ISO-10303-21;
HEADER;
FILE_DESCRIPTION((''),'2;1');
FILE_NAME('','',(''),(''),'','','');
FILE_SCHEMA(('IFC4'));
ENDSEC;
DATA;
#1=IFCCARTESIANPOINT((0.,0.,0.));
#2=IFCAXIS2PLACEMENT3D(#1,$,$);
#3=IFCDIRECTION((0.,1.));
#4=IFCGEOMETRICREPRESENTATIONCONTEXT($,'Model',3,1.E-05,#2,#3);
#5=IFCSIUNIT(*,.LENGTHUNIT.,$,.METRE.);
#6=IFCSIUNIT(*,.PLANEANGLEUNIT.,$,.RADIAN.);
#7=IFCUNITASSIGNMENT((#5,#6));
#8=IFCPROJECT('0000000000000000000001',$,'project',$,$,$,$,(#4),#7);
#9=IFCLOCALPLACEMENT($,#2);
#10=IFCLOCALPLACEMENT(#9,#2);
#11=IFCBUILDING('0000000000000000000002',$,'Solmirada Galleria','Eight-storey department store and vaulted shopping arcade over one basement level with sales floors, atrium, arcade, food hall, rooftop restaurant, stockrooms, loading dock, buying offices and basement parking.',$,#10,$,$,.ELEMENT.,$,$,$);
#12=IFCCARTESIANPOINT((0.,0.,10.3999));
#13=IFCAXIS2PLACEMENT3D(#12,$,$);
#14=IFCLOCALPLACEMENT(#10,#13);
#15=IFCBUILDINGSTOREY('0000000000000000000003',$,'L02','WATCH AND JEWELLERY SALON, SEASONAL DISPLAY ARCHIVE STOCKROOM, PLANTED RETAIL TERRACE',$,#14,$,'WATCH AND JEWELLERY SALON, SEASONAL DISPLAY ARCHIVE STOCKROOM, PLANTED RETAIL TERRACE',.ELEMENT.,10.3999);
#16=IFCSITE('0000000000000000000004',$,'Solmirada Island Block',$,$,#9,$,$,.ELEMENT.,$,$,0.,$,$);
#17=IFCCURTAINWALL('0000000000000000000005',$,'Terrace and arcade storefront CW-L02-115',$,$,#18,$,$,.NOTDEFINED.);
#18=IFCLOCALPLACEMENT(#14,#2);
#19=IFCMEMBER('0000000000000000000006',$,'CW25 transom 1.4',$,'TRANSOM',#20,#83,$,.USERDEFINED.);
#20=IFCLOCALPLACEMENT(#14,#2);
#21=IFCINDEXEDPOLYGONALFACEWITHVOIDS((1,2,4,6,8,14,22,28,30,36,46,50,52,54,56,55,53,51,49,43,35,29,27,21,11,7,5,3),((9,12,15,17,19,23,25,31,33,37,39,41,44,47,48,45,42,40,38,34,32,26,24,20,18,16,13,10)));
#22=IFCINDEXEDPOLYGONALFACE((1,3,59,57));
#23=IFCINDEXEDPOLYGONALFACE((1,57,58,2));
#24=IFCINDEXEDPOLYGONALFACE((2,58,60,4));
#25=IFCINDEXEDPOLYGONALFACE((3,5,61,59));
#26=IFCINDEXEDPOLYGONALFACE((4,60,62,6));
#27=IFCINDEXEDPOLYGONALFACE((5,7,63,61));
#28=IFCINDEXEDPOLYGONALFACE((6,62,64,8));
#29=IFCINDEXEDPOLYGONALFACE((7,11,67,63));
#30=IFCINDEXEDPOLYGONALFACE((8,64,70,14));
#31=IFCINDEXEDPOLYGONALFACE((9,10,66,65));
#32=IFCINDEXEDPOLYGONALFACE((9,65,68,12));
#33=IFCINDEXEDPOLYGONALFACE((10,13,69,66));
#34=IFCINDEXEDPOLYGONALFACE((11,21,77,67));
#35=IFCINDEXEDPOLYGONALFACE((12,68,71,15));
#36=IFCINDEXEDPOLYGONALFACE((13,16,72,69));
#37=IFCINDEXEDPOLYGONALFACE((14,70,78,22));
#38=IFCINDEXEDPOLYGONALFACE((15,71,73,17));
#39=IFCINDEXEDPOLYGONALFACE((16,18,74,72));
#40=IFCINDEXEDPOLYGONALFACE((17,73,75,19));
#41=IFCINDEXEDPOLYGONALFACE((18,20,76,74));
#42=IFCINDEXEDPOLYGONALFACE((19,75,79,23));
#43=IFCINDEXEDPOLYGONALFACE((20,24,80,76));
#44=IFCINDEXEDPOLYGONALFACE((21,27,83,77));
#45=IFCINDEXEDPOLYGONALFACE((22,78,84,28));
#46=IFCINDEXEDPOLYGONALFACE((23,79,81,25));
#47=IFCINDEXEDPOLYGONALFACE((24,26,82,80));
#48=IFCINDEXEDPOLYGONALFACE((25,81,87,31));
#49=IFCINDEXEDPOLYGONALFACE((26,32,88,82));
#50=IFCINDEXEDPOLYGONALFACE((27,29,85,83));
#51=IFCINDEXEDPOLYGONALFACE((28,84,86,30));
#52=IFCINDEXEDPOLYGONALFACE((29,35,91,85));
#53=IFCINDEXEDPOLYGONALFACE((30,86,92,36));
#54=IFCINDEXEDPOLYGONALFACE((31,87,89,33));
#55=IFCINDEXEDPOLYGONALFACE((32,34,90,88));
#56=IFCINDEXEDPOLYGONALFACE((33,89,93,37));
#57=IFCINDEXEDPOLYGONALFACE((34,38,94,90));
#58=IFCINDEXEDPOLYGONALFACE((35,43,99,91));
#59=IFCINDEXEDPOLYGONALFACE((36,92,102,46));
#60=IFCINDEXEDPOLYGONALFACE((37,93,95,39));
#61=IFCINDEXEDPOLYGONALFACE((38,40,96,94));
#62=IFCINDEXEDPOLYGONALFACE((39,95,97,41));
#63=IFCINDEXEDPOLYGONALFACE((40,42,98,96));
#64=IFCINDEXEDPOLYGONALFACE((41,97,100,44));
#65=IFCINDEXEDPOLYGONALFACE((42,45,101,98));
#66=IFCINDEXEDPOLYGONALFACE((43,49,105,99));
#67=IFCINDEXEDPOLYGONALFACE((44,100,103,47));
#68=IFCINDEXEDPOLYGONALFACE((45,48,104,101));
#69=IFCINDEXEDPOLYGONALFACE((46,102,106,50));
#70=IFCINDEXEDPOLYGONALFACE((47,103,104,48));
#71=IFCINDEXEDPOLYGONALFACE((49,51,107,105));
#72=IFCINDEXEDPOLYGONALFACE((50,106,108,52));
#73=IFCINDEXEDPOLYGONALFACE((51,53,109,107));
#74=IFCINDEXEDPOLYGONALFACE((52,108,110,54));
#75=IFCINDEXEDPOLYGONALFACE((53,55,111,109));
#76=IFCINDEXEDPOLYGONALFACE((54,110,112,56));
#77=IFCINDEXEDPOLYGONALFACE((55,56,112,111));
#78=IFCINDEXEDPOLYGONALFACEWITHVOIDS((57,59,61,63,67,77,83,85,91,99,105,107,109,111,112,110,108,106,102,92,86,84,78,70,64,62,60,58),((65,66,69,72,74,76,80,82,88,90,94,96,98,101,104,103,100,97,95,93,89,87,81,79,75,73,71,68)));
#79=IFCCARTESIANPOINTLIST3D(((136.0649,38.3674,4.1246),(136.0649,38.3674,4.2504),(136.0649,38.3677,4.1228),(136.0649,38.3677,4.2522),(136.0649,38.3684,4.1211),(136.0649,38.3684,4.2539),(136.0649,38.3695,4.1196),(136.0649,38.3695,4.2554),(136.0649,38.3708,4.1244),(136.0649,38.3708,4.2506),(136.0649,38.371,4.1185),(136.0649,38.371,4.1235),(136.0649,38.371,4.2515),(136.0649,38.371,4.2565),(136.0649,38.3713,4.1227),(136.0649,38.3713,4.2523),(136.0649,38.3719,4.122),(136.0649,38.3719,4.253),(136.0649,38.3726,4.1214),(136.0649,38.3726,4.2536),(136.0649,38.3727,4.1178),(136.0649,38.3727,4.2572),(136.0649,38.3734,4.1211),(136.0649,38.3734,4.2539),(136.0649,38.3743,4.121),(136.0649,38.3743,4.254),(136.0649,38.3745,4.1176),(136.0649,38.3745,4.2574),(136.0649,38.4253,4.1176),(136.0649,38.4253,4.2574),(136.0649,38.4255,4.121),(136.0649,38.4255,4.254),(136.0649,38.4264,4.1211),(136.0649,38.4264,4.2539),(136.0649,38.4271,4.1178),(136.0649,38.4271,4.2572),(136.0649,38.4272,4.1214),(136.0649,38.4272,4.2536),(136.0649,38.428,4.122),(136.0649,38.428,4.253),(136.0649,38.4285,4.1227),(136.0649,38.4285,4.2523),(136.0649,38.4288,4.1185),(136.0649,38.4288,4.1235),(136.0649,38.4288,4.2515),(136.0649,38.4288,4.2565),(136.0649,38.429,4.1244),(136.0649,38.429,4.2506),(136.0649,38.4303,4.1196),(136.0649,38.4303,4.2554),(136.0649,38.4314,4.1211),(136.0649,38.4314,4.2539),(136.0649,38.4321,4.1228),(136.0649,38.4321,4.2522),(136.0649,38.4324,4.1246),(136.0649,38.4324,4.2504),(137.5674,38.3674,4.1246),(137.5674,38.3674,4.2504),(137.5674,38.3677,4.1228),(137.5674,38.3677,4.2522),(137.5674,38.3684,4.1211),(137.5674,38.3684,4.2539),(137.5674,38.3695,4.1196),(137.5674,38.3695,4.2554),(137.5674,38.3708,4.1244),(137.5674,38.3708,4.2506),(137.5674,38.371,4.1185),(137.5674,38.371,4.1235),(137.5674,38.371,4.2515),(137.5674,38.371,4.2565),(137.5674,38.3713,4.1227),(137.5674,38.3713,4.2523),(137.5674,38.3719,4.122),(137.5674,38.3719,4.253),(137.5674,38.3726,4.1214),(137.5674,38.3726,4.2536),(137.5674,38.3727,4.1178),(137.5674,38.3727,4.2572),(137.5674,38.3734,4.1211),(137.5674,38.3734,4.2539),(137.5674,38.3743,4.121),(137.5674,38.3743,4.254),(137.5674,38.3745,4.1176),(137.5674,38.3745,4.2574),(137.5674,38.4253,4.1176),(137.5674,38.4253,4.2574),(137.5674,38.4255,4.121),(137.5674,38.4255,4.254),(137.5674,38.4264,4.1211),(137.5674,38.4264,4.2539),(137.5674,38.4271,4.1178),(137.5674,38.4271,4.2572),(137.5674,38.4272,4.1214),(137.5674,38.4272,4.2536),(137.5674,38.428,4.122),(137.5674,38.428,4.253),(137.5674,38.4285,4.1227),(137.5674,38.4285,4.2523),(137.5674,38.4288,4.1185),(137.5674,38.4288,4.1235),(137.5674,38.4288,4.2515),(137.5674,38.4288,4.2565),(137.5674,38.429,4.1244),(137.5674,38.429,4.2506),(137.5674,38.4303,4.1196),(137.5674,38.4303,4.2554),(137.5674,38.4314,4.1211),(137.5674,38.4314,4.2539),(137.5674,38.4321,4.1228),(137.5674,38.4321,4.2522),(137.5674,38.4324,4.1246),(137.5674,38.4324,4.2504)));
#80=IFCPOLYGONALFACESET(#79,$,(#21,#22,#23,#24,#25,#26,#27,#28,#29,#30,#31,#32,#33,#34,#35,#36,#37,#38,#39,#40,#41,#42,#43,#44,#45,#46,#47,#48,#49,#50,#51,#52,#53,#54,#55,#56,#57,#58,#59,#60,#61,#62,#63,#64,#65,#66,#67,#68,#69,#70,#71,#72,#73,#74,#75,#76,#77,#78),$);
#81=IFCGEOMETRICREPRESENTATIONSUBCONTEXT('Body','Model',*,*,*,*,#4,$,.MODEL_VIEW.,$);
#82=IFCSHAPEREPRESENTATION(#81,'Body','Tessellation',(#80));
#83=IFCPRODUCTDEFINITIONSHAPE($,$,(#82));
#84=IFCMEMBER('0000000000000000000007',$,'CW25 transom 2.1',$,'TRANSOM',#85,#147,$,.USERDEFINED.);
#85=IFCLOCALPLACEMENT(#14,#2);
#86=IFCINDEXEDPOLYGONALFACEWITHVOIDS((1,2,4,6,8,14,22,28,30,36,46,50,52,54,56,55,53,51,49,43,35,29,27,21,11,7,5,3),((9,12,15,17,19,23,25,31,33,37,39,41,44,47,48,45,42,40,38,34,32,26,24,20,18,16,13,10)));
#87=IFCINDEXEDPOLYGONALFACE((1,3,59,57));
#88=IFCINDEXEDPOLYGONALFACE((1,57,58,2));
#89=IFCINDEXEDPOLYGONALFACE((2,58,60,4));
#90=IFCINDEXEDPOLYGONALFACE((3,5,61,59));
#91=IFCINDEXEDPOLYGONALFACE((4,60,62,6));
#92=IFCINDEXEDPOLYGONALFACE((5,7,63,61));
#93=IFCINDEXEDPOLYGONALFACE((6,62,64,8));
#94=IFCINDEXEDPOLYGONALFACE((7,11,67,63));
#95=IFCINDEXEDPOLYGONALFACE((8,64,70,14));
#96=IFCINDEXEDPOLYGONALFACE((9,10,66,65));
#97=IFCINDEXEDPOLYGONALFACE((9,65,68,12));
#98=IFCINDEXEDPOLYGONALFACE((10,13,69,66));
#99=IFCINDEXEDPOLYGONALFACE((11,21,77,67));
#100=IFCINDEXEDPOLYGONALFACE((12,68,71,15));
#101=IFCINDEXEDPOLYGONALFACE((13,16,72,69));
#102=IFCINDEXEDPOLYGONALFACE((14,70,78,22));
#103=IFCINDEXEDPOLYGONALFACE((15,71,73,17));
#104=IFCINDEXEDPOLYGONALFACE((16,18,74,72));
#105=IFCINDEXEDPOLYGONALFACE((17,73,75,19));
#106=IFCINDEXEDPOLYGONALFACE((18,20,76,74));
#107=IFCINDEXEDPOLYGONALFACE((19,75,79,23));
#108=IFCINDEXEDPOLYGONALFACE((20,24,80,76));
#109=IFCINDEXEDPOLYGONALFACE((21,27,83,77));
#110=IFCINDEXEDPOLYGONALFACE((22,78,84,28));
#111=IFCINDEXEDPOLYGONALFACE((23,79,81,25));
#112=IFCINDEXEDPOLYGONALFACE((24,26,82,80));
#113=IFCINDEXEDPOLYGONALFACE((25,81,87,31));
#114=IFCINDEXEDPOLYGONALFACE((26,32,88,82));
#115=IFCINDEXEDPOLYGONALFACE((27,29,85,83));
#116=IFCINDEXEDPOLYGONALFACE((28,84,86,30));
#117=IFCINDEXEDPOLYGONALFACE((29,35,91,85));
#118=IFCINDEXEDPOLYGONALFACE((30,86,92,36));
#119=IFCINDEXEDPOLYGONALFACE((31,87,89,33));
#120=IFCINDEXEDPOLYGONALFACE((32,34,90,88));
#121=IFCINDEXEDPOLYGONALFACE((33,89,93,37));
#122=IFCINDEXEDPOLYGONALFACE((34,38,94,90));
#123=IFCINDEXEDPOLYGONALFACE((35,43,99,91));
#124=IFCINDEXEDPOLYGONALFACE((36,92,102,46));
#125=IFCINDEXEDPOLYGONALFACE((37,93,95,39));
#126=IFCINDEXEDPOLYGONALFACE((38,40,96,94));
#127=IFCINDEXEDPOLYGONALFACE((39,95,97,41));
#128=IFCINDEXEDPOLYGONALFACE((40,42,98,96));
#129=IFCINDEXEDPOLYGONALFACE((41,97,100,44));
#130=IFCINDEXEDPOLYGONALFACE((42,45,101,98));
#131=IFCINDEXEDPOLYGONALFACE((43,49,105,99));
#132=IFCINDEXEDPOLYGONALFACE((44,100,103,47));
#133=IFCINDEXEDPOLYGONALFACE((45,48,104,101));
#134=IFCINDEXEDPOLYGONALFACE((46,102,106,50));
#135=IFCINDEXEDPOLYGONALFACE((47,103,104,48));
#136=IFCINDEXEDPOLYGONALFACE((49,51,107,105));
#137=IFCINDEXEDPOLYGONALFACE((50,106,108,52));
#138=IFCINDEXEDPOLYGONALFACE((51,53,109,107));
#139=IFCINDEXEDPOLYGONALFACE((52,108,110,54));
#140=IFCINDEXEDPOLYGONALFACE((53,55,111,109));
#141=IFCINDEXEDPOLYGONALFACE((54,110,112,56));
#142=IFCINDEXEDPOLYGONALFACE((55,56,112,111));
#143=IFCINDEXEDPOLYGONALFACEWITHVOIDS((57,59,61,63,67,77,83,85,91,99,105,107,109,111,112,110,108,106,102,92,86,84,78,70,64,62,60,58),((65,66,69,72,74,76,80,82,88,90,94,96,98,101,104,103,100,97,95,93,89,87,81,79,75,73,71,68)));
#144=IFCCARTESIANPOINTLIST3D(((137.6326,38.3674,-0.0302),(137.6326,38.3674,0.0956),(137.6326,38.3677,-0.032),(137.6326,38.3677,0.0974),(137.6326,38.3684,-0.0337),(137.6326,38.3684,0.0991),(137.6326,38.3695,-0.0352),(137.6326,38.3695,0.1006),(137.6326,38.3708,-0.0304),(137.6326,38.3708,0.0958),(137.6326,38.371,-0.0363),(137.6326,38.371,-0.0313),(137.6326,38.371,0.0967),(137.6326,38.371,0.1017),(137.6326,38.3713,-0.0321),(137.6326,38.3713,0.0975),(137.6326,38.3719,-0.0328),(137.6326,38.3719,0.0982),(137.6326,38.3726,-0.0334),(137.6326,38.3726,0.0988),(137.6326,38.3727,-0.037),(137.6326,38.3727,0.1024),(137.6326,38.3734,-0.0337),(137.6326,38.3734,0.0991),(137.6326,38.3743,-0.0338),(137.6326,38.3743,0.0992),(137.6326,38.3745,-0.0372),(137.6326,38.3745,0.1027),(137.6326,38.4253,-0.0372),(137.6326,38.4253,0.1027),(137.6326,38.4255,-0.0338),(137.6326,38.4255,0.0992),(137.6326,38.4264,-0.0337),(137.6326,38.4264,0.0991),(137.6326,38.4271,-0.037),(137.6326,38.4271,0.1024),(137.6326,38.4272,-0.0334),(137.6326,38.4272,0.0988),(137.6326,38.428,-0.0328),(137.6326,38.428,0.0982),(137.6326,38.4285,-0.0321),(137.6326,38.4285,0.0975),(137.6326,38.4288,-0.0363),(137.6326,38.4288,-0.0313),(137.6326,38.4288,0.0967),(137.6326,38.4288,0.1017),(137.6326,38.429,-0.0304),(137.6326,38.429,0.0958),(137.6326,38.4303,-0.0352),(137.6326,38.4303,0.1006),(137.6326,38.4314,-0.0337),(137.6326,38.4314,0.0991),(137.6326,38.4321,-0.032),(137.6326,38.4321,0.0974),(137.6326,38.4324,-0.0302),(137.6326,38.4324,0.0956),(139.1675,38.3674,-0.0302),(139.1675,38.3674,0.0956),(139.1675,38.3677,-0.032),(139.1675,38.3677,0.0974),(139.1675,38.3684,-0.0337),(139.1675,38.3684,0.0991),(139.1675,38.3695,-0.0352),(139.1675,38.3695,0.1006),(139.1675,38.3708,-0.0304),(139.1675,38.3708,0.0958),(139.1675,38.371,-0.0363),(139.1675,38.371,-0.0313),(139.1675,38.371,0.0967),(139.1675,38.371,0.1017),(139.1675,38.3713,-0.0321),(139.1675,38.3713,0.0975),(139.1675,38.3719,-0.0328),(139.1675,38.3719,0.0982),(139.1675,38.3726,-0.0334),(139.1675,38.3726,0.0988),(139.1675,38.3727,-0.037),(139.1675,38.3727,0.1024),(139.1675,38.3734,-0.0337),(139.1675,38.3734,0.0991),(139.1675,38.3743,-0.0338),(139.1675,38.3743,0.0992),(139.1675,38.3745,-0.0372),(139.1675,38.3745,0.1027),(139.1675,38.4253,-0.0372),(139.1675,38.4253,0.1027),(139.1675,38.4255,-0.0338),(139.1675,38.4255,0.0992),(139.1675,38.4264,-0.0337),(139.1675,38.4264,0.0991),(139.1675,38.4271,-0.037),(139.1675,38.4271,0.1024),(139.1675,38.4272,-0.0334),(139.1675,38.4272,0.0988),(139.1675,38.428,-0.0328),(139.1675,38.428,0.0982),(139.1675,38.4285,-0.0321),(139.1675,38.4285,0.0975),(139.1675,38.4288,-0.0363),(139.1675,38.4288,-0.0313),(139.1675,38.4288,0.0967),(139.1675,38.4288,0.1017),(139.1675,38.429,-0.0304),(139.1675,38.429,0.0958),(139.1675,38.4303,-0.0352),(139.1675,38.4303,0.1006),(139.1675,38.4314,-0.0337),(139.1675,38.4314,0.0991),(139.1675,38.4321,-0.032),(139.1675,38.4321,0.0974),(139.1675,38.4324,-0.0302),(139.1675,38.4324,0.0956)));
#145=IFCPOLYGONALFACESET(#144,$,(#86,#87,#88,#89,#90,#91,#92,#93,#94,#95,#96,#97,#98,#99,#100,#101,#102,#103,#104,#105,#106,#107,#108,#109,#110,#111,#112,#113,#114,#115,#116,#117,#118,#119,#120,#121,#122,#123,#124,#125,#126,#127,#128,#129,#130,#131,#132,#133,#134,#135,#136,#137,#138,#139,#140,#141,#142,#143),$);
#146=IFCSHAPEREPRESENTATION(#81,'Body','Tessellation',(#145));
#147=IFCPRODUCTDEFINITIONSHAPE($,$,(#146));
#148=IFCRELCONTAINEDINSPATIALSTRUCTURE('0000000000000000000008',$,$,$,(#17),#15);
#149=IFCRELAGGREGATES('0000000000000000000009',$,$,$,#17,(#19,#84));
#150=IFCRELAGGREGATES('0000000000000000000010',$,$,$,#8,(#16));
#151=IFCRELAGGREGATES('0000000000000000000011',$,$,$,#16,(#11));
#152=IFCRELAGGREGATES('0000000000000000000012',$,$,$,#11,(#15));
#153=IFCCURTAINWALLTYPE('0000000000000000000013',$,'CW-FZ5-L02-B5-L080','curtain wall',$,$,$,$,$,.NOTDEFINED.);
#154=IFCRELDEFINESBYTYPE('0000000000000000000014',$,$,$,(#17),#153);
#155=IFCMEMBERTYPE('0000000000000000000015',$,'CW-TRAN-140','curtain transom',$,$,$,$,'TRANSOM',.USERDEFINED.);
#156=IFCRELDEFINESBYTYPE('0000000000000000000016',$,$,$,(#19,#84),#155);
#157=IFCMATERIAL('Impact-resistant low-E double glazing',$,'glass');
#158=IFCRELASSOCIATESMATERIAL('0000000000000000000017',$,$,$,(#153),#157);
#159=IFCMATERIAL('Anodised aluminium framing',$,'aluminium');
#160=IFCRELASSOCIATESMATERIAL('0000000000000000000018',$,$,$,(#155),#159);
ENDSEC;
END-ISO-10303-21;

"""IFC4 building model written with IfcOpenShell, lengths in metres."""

from ifc_helpers import new_model, si_unit, direction, frame, origin, origin_2d, place, context, subcontext, project, spatial, hollow_rectangle, extrude, material, material_profile, profile_set, type_object, element, aggregate, save


model = new_model("IFC4")

# Units and contexts
model_context = context("Model", 3, precision=1e-05, world=origin(), true_north=direction((0.0, 1.0)))
body_context = subcontext(model_context, "Body", "Model", "MODEL_VIEW")
ifc_project = project(units=[si_unit("LENGTHUNIT", "METRE"), si_unit("PLANEANGLEUNIT", "RADIAN")], contexts=[model_context])

# Site, building, storey
site_placement = place(None, origin())
site = spatial("IfcSite", under=ifc_project, at=site_placement, Name="Solmirada Island Block", CompositionType="ELEMENT", RefElevation=0.0)
building_placement = place(site_placement, origin())
building = spatial("IfcBuilding", under=site, at=building_placement, Name="Solmirada Galleria", Description="Eight-storey department store and vaulted shopping arcade over one basement level with sales floors, atrium, arcade, food hall, rooftop restaurant, stockrooms, loading dock, buying offices and basement parking.", CompositionType="ELEMENT")
storey_placement = place(building_placement, frame((0.0, 0.0, 10.3999)))
storey = spatial("IfcBuildingStorey", under=building, at=storey_placement, Name="L02", Description="WATCH AND JEWELLERY SALON, SEASONAL DISPLAY ARCHIVE STOCKROOM, PLANTED RETAIL TERRACE", LongName="WATCH AND JEWELLERY SALON, SEASONAL DISPLAY ARCHIVE STOCKROOM, PLANTED RETAIL TERRACE", CompositionType="ELEMENT", Elevation=10.3999)

# Curtain wall, members
ifc_material_1 = material(Name="Impact-resistant low-E double glazing", Category="glass")
curtain_wall_type = type_object("IfcCurtainWallType", Name="CW-FZ5-L02-B5-L080", Description="curtain wall", PredefinedType="NOTDEFINED", material=ifc_material_1)
curtain_wall_placement = place(storey_placement, origin())
curtain_wall = element("IfcCurtainWall", 1, at=curtain_wall_placement, inside=storey, type_object=curtain_wall_type, Name="Terrace and arcade storefront CW-L02-115", PredefinedType="NOTDEFINED")
ifc_material_2 = material(Name="Anodised aluminium framing", Category="aluminium")
ifc_material_profile_1 = material_profile(ifc_material_2, hollow_rectangle(XDim=0.0649, YDim=0.1399, WallThickness=0.0034, InnerFilletRadius=0.0034, OuterFilletRadius=0.0071, at=origin_2d()), Name="ALU-TRAN-140X65")
ifc_profile_set_1 = profile_set([ifc_material_profile_1], Name="Anodised aluminium framing")
member_type_1 = type_object("IfcMemberType", Name="CW-TRAN-140", Description="curtain transom", ElementType="TRANSOM", PredefinedType="USERDEFINED", material=ifc_profile_set_1)
member_1_placement = place(storey_placement, frame((136.0649, 38.3999, 4.1875), z_axis=(1.0, 0.0, 0.0), x_axis=(0.0, 1.0, 0.0)))
member_1 = element("IfcMember", 2, at=member_1_placement, type_object=member_type_1, Name="CW25 transom 1.4", ObjectType="TRANSOM", PredefinedType="USERDEFINED", context=body_context, shape_type="SweptSolid", body=[
    extrude(hollow_rectangle(XDim=0.0649, YDim=0.1399, WallThickness=0.0034, InnerFilletRadius=0.0034, OuterFilletRadius=0.0071, at=origin_2d()), origin(), (0.0, 0.0, 1.0), 1.5024),
])
member_2_placement = place(storey_placement, frame((137.6326, 38.3999, 0.0327), z_axis=(1.0, 0.0, 0.0), x_axis=(0.0, 1.0, 0.0)))
member_2 = element("IfcMember", 3, at=member_2_placement, type_object=member_type_1, Name="CW25 transom 2.1", ObjectType="TRANSOM", PredefinedType="USERDEFINED", context=body_context, shape_type="SweptSolid", body=[
    extrude(hollow_rectangle(XDim=0.0649, YDim=0.1399, WallThickness=0.0034, InnerFilletRadius=0.0034, OuterFilletRadius=0.0071, at=origin_2d()), origin(), (0.0, 0.0, 1.0), 1.5349),
])
aggregate(curtain_wall, [member_1, member_2])

save(model, "model.ifc")
